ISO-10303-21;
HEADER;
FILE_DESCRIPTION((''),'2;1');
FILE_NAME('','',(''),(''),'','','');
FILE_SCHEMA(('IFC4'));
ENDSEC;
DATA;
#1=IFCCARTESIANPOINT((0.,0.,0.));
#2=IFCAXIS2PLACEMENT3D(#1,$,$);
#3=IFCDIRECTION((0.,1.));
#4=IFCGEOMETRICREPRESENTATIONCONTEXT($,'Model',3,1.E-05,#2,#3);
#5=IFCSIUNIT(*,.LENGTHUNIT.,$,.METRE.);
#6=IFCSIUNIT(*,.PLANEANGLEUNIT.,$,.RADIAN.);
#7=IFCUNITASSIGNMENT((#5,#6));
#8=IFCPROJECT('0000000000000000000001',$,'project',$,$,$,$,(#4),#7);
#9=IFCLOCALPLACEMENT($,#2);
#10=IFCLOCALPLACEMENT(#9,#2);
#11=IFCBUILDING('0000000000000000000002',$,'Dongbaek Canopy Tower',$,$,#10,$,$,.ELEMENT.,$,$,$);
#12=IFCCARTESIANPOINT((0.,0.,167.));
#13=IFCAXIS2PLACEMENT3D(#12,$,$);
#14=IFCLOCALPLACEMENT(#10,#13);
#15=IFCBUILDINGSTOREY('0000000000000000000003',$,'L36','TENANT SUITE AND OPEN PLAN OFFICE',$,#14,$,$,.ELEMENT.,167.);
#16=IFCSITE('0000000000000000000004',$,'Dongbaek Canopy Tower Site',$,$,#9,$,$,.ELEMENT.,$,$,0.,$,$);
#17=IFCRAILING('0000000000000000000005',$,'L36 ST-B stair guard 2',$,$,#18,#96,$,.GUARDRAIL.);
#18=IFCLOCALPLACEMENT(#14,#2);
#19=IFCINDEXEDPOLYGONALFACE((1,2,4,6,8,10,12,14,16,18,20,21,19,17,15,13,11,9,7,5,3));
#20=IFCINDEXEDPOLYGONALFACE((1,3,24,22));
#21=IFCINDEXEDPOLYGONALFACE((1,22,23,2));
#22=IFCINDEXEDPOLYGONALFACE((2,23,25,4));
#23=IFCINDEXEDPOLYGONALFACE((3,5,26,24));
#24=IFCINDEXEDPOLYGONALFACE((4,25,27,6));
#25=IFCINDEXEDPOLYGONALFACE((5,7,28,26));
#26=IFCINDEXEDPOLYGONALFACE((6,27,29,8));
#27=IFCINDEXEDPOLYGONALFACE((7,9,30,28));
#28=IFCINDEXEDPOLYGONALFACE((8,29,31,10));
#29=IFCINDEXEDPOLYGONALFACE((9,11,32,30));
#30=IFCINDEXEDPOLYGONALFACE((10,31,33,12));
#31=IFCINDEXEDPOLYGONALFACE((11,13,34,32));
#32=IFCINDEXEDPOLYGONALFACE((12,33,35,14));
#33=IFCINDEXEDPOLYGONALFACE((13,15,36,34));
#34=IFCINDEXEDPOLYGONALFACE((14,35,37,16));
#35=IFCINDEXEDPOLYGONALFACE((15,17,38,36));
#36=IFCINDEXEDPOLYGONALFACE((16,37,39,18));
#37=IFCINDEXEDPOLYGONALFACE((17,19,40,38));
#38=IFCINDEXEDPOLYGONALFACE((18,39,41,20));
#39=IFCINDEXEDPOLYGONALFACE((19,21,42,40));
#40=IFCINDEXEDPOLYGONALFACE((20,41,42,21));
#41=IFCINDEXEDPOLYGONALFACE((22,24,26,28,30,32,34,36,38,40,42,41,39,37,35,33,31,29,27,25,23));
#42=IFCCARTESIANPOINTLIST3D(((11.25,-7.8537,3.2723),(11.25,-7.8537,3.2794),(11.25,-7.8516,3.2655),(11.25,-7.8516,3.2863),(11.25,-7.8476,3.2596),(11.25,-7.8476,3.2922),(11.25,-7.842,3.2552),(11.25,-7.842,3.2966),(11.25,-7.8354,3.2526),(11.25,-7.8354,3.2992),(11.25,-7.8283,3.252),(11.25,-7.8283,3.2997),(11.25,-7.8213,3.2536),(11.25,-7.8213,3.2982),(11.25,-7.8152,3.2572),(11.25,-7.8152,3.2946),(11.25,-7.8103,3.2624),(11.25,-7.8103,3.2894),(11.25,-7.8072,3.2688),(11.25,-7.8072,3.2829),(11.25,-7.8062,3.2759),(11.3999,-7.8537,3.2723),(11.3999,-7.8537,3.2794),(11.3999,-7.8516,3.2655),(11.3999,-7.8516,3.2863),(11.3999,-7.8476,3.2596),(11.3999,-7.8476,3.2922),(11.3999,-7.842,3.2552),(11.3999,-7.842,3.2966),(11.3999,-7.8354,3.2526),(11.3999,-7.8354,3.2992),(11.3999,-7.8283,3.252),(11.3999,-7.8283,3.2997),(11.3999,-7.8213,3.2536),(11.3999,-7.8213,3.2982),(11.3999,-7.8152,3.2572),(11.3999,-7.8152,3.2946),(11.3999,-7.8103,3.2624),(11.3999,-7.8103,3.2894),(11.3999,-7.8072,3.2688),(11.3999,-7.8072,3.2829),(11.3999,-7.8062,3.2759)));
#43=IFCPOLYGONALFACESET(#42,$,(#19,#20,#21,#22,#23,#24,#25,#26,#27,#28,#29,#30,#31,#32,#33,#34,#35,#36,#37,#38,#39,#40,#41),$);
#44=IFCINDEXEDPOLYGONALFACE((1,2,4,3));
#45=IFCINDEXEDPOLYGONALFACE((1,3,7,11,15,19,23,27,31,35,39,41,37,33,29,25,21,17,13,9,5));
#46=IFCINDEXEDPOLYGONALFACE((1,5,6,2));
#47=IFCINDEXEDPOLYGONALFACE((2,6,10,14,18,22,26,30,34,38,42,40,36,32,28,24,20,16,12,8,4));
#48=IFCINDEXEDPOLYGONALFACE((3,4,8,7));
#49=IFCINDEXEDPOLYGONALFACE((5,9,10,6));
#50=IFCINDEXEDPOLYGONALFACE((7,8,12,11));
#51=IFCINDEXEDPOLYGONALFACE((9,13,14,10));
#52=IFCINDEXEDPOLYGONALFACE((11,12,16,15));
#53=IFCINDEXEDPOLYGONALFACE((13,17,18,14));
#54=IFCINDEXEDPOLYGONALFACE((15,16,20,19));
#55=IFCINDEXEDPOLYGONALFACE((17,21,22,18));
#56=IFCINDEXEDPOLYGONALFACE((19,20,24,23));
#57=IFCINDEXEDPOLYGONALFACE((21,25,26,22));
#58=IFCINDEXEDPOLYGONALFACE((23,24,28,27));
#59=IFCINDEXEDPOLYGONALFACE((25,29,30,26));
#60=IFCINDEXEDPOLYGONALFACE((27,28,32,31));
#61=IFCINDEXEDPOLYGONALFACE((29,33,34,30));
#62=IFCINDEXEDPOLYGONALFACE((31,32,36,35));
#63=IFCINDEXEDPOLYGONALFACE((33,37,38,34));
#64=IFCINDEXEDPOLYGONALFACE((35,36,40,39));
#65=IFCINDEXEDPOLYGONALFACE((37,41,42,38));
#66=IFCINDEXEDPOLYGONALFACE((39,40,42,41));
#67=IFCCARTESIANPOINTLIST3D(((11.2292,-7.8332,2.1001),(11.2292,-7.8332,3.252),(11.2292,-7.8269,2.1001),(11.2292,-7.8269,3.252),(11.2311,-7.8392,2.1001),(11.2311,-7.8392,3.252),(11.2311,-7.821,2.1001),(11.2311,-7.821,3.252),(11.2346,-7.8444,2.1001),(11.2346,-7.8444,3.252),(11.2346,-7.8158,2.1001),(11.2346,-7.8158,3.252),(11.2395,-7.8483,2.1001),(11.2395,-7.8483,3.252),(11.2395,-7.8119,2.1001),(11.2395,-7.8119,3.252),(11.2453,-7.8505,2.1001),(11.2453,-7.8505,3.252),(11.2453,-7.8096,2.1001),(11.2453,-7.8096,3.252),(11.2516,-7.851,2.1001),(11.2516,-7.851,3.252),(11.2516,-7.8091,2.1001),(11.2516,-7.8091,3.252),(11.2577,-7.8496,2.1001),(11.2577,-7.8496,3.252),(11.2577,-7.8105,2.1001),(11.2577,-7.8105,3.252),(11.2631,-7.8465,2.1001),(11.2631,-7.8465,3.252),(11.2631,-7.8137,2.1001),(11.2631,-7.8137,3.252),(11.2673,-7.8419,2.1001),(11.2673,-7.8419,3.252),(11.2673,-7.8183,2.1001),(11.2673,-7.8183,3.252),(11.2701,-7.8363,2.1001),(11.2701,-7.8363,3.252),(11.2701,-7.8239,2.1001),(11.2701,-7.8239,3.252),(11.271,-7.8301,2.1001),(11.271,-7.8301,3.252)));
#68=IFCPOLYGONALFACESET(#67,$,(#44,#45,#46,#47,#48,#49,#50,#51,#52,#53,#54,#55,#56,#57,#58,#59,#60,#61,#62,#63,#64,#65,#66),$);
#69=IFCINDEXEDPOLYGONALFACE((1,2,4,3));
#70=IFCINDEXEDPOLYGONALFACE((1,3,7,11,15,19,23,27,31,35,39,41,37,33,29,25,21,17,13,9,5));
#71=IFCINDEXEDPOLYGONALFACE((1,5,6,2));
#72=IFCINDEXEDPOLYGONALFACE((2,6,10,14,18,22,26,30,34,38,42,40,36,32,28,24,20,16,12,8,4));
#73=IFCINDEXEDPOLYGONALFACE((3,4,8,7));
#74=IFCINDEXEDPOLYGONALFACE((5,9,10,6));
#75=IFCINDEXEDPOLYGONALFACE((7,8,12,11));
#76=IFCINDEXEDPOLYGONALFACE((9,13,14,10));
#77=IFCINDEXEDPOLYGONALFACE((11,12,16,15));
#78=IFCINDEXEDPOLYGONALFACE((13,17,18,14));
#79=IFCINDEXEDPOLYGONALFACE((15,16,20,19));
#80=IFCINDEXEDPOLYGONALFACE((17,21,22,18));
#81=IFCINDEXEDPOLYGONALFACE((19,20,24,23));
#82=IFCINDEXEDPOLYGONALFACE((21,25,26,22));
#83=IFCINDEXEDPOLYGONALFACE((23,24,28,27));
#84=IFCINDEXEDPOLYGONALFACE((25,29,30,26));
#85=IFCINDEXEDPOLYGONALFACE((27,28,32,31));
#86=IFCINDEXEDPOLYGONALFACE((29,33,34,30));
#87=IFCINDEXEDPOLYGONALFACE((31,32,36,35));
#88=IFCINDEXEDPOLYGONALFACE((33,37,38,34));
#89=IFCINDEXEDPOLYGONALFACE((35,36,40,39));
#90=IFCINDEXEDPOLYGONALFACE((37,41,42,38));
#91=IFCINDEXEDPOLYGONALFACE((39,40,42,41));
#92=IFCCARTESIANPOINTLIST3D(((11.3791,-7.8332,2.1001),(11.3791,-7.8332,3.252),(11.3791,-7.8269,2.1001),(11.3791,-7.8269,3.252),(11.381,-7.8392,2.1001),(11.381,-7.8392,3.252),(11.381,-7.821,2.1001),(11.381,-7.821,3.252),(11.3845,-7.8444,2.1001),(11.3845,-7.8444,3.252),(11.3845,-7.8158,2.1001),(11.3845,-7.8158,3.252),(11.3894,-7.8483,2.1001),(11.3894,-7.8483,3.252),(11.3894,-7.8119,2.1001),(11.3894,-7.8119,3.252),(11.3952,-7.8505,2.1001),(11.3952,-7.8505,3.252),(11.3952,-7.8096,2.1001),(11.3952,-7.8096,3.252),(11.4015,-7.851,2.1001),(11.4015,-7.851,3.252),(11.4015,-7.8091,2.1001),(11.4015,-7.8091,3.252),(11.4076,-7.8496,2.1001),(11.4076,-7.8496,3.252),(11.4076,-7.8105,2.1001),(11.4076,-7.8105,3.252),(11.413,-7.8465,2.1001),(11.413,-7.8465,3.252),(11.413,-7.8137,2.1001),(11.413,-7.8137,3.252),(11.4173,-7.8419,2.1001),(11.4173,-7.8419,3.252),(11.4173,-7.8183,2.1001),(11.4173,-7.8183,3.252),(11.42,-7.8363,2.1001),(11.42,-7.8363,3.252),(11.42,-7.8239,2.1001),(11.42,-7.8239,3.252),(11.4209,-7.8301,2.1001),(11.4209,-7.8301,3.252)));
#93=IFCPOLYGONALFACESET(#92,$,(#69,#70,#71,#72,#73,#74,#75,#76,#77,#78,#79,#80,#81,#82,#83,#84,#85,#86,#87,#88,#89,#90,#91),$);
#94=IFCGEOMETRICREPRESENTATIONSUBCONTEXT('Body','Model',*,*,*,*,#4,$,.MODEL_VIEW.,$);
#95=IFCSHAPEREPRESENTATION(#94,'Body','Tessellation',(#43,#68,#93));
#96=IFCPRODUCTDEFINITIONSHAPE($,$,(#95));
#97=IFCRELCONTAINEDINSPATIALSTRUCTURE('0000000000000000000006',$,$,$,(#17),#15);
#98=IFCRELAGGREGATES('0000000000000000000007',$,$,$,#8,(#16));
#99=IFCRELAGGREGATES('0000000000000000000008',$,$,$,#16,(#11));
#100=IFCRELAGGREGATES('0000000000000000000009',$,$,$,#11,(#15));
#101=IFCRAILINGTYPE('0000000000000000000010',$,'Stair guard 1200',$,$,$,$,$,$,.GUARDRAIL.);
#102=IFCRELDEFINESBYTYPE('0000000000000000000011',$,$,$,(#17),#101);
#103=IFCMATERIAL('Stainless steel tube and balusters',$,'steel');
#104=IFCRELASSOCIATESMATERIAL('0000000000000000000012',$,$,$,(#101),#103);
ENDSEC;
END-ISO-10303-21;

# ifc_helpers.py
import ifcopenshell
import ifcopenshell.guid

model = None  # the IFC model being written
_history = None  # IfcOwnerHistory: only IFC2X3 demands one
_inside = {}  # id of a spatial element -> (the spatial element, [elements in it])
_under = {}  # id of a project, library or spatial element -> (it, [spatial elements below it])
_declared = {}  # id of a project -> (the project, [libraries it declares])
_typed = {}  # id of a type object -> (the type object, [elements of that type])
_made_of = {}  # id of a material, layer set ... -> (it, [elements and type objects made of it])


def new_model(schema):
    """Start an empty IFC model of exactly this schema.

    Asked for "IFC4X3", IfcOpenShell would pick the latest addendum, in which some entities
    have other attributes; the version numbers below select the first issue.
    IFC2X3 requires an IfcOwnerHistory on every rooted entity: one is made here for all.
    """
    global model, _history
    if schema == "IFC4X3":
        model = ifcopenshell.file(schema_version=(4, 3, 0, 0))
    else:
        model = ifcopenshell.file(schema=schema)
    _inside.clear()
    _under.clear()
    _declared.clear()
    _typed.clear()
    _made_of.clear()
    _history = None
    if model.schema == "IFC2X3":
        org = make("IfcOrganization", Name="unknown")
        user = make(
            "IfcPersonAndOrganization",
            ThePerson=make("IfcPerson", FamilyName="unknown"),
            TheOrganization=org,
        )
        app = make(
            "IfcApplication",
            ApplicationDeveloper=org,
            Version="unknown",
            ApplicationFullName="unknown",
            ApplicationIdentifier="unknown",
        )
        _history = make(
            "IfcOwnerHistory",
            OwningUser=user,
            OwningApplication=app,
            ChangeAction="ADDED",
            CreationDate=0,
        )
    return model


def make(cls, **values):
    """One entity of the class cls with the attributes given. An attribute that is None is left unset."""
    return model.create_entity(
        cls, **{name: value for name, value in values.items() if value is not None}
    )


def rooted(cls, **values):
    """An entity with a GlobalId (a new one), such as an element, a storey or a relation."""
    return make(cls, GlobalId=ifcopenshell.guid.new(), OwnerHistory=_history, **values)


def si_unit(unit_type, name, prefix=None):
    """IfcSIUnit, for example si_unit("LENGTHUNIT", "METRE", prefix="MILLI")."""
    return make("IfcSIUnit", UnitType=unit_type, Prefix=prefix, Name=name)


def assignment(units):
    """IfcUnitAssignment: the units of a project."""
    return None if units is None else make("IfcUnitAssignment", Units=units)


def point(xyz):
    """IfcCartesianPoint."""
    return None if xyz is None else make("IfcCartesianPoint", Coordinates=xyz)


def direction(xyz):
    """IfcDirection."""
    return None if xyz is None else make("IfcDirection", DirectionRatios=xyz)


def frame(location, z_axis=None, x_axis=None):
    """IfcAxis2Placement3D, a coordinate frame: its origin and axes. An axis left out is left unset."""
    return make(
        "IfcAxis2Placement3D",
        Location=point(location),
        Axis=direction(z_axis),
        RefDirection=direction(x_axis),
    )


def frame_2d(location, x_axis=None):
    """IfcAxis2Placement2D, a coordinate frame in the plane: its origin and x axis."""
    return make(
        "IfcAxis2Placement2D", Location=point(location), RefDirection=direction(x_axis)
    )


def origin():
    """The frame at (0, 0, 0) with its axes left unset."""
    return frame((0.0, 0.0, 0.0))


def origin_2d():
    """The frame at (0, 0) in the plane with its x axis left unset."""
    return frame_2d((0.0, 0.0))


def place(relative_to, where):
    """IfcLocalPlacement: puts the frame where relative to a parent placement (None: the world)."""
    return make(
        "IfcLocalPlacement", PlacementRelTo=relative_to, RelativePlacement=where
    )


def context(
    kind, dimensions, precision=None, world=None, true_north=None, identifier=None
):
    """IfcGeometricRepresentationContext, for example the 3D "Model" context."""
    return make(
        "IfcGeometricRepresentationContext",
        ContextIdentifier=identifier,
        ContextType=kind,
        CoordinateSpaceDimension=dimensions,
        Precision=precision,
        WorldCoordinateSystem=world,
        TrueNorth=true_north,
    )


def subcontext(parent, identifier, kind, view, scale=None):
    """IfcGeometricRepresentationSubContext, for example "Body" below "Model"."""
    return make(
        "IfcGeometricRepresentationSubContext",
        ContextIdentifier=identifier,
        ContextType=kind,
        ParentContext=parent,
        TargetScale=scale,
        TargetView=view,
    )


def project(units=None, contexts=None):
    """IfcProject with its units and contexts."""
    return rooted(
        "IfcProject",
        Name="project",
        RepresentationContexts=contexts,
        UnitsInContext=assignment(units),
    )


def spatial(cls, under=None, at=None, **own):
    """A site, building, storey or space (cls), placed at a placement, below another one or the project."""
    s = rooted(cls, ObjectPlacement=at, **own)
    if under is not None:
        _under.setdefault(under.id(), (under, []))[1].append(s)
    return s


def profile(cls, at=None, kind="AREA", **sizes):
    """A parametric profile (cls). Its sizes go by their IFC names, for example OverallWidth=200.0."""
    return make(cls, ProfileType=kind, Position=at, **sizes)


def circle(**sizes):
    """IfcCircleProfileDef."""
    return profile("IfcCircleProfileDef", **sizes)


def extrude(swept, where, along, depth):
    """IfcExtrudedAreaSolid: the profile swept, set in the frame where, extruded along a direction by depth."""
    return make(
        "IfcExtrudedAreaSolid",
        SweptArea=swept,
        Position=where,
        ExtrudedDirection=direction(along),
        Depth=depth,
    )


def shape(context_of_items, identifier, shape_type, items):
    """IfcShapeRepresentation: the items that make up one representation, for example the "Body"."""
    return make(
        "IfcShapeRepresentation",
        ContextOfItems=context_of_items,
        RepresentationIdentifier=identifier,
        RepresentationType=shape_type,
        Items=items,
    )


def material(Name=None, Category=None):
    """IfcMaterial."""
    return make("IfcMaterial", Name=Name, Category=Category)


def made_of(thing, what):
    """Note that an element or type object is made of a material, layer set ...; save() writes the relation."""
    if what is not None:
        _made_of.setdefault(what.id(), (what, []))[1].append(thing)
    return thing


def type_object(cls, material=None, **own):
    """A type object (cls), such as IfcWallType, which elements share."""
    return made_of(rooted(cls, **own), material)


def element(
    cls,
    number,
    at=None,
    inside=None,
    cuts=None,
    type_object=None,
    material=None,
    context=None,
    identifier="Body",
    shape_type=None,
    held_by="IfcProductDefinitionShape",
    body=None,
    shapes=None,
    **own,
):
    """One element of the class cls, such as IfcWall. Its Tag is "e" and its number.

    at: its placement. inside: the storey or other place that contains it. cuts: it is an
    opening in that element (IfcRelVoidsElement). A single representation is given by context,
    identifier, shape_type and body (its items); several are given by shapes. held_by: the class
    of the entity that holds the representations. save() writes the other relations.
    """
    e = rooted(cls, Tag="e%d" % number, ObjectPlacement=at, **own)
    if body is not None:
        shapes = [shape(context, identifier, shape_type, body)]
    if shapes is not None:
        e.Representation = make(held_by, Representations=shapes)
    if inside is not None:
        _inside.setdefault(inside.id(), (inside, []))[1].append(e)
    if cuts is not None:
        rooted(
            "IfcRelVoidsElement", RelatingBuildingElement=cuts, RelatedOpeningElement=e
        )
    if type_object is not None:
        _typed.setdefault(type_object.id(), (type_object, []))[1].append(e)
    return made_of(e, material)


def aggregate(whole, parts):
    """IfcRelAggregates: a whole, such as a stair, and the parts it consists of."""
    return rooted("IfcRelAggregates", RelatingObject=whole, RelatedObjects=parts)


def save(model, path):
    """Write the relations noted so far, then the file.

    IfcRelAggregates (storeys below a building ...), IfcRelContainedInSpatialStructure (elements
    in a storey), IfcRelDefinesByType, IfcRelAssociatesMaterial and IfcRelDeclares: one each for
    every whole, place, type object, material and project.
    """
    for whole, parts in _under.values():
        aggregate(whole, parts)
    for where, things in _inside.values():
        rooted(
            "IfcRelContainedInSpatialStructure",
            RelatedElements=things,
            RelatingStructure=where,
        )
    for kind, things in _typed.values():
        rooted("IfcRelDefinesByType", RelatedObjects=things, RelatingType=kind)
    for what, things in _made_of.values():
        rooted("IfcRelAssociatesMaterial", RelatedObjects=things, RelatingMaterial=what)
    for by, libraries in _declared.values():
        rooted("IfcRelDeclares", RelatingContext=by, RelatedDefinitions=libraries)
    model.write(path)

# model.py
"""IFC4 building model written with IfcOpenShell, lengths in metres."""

from ifc_helpers import new_model, si_unit, direction, frame, origin, origin_2d, place, context, subcontext, project, spatial, circle, extrude, material, type_object, element, save


model = new_model("IFC4")

# Units and contexts
model_context = context("Model", 3, precision=1e-05, world=origin(), true_north=direction((0.0, 1.0)))
body_context = subcontext(model_context, "Body", "Model", "MODEL_VIEW")
ifc_project = project(units=[si_unit("LENGTHUNIT", "METRE"), si_unit("PLANEANGLEUNIT", "RADIAN")], contexts=[model_context])

# Site, building, storey
site_placement = place(None, origin())
site = spatial("IfcSite", under=ifc_project, at=site_placement, Name="Dongbaek Canopy Tower Site", CompositionType="ELEMENT", RefElevation=0.0)
building_placement = place(site_placement, origin())
building = spatial("IfcBuilding", under=site, at=building_placement, Name="Dongbaek Canopy Tower", CompositionType="ELEMENT")
storey_placement = place(building_placement, frame((0.0, 0.0, 167.0)))
storey = spatial("IfcBuildingStorey", under=building, at=storey_placement, Name="L36", Description="TENANT SUITE AND OPEN PLAN OFFICE", CompositionType="ELEMENT", Elevation=167.0)

# Railing
ifc_material_1 = material(Name="Stainless steel tube and balusters", Category="steel")
railing_type_1 = type_object("IfcRailingType", Name="Stair guard 1200", PredefinedType="GUARDRAIL", material=ifc_material_1)
railing_1_placement = place(storey_placement, frame((11.25, -7.8301, 2.1001)))
element("IfcRailing", 1, at=railing_1_placement, inside=storey, type_object=railing_type_1, Name="L36 ST-B stair guard 2", PredefinedType="GUARDRAIL", context=body_context, shape_type="SweptSolid", body=[
    extrude(circle(Radius=0.0239, at=origin_2d()), frame((0.0, 0.0, 1.1758), z_axis=(1.0, 0.0, 0.0), x_axis=(0.0, 1.0, 0.0)), (0.0, 0.0, 1.0), 0.1499),
    extrude(circle(Radius=0.021, at=origin_2d()), origin(), (0.0, 0.0, 1.0), 1.1519),
    extrude(circle(Radius=0.021, at=origin_2d()), frame((0.1499, 0.0, 0.0)), (0.0, 0.0, 1.0), 1.1519),
])

save(model, "model.ifc")
